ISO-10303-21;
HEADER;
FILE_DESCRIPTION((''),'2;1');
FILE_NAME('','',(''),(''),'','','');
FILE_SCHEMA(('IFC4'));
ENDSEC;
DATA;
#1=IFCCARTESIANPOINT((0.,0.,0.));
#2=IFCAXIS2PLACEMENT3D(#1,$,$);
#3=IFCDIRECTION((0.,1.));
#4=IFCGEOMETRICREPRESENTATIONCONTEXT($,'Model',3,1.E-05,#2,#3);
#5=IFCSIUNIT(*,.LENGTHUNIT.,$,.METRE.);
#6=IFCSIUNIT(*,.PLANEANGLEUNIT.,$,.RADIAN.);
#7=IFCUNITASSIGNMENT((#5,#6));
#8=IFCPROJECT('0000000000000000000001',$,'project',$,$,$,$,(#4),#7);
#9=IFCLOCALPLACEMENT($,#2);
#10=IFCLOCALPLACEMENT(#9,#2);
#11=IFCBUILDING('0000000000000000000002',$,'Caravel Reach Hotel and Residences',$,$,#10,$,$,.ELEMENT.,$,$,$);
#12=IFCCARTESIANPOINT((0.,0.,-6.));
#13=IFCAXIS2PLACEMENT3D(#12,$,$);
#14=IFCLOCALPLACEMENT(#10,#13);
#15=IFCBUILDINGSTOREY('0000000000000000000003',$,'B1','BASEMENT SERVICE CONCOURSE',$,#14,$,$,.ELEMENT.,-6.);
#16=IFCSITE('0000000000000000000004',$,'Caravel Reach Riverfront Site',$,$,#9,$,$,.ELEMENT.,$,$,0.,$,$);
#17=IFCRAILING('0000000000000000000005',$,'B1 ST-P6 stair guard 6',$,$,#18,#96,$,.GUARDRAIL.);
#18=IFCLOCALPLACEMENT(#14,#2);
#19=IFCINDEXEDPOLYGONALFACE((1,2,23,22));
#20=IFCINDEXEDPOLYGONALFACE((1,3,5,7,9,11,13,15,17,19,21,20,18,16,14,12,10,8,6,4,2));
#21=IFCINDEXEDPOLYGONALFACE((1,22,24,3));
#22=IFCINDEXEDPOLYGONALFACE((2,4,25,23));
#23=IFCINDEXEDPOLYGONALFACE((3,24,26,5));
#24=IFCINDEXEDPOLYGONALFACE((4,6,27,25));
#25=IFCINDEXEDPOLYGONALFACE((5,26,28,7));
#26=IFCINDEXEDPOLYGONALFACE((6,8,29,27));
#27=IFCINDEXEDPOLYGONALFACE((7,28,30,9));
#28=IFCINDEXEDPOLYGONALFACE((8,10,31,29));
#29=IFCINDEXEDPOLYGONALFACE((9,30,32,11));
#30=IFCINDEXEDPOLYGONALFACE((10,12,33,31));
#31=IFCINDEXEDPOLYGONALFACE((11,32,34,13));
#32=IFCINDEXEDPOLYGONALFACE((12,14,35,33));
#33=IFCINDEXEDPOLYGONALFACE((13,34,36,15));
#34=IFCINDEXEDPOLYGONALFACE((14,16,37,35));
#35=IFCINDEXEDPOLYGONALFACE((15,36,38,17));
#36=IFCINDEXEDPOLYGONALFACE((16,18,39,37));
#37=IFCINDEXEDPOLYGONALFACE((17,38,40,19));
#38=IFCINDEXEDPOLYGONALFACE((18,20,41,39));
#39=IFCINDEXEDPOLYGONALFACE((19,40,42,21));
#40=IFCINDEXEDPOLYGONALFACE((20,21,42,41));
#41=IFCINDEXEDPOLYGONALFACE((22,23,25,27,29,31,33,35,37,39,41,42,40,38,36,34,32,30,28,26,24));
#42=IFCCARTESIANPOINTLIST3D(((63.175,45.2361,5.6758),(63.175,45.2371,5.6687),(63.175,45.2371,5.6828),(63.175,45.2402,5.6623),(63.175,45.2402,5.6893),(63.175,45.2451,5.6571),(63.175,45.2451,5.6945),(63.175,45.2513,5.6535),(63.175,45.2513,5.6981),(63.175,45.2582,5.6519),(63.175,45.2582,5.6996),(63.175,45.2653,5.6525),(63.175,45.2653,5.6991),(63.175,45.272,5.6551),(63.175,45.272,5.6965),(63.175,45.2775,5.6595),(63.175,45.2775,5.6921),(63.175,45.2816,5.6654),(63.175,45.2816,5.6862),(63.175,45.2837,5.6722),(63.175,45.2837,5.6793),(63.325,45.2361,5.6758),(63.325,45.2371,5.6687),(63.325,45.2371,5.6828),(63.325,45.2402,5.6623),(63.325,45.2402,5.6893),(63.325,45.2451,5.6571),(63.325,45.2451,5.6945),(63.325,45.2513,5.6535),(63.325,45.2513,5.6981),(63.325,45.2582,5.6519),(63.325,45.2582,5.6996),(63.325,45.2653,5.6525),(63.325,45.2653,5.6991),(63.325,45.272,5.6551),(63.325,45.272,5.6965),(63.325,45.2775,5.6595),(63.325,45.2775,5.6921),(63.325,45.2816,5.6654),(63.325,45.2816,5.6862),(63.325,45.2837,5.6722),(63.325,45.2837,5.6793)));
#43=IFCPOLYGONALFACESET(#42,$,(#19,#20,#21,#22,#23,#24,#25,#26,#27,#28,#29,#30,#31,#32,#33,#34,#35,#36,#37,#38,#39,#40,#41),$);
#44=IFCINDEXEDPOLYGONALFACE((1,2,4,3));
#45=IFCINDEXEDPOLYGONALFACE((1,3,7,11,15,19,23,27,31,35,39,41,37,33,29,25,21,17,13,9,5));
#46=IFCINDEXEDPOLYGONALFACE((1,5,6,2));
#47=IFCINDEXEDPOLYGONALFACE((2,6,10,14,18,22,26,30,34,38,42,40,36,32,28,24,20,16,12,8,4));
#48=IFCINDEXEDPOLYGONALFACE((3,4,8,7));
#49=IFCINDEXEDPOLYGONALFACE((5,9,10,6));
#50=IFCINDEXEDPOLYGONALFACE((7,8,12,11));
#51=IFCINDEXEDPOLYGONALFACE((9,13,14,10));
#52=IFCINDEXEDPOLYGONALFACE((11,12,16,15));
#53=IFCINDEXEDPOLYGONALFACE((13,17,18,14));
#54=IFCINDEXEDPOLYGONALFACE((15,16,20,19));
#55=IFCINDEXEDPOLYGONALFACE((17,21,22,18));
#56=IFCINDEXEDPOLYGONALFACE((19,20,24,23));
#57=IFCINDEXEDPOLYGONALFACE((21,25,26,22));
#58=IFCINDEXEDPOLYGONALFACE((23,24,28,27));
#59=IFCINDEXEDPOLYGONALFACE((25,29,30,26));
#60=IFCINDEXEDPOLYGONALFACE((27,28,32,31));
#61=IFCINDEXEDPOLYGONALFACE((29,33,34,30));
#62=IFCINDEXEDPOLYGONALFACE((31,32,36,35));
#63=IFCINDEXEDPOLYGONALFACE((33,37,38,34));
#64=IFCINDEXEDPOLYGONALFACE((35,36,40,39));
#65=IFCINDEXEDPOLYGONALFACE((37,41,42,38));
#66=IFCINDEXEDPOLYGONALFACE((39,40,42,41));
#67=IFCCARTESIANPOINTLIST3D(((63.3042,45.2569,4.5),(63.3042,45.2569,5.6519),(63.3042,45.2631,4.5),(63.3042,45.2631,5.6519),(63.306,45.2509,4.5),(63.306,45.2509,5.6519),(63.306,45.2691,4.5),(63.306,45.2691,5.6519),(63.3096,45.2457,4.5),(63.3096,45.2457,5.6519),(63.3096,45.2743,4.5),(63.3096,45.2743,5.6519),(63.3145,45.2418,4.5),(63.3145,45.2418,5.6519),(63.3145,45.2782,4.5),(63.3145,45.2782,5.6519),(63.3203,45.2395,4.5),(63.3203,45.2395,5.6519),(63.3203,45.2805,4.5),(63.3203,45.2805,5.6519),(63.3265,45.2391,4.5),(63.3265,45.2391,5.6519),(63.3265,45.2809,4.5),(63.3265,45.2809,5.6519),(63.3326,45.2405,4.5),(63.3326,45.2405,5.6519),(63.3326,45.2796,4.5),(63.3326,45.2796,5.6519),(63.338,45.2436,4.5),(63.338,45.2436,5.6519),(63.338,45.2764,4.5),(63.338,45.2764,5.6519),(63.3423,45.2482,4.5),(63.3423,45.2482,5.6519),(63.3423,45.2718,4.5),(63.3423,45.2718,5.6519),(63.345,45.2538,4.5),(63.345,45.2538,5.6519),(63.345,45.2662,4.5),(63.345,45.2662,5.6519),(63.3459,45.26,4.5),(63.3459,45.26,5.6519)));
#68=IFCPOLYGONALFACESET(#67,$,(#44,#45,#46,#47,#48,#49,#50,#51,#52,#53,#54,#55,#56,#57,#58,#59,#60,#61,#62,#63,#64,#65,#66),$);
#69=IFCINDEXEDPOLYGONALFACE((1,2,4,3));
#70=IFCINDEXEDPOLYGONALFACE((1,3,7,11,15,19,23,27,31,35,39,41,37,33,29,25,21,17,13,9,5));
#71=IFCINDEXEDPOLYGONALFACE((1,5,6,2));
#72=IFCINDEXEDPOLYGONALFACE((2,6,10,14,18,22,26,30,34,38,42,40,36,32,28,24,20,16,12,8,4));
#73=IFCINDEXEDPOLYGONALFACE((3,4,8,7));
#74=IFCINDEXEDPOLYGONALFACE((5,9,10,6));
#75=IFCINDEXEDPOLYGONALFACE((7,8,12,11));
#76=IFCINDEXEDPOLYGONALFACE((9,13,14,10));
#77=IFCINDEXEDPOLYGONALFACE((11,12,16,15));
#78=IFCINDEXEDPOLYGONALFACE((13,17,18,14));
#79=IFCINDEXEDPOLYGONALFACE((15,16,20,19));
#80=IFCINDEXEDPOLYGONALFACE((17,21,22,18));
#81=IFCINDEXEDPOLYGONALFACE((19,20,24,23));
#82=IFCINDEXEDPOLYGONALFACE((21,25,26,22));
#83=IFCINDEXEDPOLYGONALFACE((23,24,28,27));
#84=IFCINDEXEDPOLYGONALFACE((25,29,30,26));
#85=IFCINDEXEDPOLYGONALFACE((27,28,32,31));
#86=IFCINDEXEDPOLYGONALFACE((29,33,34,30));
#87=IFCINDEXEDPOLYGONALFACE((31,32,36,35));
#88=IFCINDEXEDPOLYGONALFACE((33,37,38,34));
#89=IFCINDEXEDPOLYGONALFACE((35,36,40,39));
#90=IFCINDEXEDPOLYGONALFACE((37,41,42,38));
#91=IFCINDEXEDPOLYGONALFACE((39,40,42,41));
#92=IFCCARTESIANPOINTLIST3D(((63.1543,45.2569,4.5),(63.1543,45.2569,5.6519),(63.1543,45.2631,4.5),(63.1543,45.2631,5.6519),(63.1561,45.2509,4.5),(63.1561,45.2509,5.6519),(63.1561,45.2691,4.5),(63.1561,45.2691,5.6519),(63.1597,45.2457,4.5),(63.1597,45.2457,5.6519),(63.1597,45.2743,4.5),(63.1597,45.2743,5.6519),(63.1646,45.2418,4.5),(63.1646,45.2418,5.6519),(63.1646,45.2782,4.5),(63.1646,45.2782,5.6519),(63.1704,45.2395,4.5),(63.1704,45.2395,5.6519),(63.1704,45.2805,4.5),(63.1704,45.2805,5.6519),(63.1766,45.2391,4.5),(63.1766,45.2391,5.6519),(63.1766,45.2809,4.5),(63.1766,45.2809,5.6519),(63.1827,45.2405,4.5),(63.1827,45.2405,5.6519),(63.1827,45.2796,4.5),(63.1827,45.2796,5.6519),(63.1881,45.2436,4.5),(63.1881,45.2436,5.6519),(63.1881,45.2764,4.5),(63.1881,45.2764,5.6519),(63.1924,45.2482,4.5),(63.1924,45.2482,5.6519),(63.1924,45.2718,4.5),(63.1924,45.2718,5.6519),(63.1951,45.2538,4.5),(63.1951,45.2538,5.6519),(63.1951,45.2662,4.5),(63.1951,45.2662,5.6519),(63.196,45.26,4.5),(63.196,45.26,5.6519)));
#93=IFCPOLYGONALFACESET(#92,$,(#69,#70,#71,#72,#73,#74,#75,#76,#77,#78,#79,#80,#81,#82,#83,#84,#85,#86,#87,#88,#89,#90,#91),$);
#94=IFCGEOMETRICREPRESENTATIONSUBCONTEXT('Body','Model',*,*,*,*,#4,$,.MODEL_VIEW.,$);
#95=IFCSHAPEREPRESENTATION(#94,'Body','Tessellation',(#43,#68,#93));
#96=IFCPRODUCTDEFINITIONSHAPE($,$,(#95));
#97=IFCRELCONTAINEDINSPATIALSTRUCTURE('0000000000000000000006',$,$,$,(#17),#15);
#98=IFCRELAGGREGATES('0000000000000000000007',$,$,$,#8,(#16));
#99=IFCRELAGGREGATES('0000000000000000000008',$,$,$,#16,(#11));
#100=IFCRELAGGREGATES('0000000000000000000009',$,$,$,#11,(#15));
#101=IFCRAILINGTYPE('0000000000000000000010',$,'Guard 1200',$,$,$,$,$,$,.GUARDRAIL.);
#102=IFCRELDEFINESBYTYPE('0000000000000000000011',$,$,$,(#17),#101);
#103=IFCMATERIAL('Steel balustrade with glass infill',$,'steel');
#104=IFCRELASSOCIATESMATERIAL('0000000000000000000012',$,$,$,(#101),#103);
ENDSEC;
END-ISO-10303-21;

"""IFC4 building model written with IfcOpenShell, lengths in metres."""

from ifc_helpers import new_model, si_unit, direction, frame, origin, origin_2d, place, context, subcontext, project, spatial, circle, extrude, material, type_object, element, save


model = new_model("IFC4")

# Units and contexts
model_context = context("Model", 3, precision=1e-05, world=origin(), true_north=direction((0.0, 1.0)))
body_context = subcontext(model_context, "Body", "Model", "MODEL_VIEW")
ifc_project = project(units=[si_unit("LENGTHUNIT", "METRE"), si_unit("PLANEANGLEUNIT", "RADIAN")], contexts=[model_context])

# Site, building, storey
site_placement = place(None, origin())
site = spatial("IfcSite", under=ifc_project, at=site_placement, Name="Caravel Reach Riverfront Site", CompositionType="ELEMENT", RefElevation=0.0)
building_placement = place(site_placement, origin())
building = spatial("IfcBuilding", under=site, at=building_placement, Name="Caravel Reach Hotel and Residences", CompositionType="ELEMENT")
storey_placement = place(building_placement, frame((0.0, 0.0, -6.0)))
storey = spatial("IfcBuildingStorey", under=building, at=storey_placement, Name="B1", Description="BASEMENT SERVICE CONCOURSE", CompositionType="ELEMENT", Elevation=-6.0)

# Railing
ifc_material_1 = material(Name="Steel balustrade with glass infill", Category="steel")
railing_type_1 = type_object("IfcRailingType", Name="Guard 1200", PredefinedType="GUARDRAIL", material=ifc_material_1)
railing_1_placement = place(storey_placement, frame((63.325, 45.26, 4.5)))
element("IfcRailing", 1, at=railing_1_placement, inside=storey, type_object=railing_type_1, Name="B1 ST-P6 stair guard 6", PredefinedType="GUARDRAIL", context=body_context, shape_type="SweptSolid", body=[
    extrude(circle(Radius=0.0239, at=origin_2d()), frame((0.0, 0.0, 1.1758), z_axis=(-1.0, 0.0, 0.0), x_axis=(0.0, -1.0, 0.0)), (0.0, 0.0, 1.0), 0.1499),
    extrude(circle(Radius=0.021, at=origin_2d()), origin(), (0.0, 0.0, 1.0), 1.1519),
    extrude(circle(Radius=0.021, at=origin_2d()), frame((-0.1499, 0.0, 0.0)), (0.0, 0.0, 1.0), 1.1519),
])

save(model, "model.ifc")
